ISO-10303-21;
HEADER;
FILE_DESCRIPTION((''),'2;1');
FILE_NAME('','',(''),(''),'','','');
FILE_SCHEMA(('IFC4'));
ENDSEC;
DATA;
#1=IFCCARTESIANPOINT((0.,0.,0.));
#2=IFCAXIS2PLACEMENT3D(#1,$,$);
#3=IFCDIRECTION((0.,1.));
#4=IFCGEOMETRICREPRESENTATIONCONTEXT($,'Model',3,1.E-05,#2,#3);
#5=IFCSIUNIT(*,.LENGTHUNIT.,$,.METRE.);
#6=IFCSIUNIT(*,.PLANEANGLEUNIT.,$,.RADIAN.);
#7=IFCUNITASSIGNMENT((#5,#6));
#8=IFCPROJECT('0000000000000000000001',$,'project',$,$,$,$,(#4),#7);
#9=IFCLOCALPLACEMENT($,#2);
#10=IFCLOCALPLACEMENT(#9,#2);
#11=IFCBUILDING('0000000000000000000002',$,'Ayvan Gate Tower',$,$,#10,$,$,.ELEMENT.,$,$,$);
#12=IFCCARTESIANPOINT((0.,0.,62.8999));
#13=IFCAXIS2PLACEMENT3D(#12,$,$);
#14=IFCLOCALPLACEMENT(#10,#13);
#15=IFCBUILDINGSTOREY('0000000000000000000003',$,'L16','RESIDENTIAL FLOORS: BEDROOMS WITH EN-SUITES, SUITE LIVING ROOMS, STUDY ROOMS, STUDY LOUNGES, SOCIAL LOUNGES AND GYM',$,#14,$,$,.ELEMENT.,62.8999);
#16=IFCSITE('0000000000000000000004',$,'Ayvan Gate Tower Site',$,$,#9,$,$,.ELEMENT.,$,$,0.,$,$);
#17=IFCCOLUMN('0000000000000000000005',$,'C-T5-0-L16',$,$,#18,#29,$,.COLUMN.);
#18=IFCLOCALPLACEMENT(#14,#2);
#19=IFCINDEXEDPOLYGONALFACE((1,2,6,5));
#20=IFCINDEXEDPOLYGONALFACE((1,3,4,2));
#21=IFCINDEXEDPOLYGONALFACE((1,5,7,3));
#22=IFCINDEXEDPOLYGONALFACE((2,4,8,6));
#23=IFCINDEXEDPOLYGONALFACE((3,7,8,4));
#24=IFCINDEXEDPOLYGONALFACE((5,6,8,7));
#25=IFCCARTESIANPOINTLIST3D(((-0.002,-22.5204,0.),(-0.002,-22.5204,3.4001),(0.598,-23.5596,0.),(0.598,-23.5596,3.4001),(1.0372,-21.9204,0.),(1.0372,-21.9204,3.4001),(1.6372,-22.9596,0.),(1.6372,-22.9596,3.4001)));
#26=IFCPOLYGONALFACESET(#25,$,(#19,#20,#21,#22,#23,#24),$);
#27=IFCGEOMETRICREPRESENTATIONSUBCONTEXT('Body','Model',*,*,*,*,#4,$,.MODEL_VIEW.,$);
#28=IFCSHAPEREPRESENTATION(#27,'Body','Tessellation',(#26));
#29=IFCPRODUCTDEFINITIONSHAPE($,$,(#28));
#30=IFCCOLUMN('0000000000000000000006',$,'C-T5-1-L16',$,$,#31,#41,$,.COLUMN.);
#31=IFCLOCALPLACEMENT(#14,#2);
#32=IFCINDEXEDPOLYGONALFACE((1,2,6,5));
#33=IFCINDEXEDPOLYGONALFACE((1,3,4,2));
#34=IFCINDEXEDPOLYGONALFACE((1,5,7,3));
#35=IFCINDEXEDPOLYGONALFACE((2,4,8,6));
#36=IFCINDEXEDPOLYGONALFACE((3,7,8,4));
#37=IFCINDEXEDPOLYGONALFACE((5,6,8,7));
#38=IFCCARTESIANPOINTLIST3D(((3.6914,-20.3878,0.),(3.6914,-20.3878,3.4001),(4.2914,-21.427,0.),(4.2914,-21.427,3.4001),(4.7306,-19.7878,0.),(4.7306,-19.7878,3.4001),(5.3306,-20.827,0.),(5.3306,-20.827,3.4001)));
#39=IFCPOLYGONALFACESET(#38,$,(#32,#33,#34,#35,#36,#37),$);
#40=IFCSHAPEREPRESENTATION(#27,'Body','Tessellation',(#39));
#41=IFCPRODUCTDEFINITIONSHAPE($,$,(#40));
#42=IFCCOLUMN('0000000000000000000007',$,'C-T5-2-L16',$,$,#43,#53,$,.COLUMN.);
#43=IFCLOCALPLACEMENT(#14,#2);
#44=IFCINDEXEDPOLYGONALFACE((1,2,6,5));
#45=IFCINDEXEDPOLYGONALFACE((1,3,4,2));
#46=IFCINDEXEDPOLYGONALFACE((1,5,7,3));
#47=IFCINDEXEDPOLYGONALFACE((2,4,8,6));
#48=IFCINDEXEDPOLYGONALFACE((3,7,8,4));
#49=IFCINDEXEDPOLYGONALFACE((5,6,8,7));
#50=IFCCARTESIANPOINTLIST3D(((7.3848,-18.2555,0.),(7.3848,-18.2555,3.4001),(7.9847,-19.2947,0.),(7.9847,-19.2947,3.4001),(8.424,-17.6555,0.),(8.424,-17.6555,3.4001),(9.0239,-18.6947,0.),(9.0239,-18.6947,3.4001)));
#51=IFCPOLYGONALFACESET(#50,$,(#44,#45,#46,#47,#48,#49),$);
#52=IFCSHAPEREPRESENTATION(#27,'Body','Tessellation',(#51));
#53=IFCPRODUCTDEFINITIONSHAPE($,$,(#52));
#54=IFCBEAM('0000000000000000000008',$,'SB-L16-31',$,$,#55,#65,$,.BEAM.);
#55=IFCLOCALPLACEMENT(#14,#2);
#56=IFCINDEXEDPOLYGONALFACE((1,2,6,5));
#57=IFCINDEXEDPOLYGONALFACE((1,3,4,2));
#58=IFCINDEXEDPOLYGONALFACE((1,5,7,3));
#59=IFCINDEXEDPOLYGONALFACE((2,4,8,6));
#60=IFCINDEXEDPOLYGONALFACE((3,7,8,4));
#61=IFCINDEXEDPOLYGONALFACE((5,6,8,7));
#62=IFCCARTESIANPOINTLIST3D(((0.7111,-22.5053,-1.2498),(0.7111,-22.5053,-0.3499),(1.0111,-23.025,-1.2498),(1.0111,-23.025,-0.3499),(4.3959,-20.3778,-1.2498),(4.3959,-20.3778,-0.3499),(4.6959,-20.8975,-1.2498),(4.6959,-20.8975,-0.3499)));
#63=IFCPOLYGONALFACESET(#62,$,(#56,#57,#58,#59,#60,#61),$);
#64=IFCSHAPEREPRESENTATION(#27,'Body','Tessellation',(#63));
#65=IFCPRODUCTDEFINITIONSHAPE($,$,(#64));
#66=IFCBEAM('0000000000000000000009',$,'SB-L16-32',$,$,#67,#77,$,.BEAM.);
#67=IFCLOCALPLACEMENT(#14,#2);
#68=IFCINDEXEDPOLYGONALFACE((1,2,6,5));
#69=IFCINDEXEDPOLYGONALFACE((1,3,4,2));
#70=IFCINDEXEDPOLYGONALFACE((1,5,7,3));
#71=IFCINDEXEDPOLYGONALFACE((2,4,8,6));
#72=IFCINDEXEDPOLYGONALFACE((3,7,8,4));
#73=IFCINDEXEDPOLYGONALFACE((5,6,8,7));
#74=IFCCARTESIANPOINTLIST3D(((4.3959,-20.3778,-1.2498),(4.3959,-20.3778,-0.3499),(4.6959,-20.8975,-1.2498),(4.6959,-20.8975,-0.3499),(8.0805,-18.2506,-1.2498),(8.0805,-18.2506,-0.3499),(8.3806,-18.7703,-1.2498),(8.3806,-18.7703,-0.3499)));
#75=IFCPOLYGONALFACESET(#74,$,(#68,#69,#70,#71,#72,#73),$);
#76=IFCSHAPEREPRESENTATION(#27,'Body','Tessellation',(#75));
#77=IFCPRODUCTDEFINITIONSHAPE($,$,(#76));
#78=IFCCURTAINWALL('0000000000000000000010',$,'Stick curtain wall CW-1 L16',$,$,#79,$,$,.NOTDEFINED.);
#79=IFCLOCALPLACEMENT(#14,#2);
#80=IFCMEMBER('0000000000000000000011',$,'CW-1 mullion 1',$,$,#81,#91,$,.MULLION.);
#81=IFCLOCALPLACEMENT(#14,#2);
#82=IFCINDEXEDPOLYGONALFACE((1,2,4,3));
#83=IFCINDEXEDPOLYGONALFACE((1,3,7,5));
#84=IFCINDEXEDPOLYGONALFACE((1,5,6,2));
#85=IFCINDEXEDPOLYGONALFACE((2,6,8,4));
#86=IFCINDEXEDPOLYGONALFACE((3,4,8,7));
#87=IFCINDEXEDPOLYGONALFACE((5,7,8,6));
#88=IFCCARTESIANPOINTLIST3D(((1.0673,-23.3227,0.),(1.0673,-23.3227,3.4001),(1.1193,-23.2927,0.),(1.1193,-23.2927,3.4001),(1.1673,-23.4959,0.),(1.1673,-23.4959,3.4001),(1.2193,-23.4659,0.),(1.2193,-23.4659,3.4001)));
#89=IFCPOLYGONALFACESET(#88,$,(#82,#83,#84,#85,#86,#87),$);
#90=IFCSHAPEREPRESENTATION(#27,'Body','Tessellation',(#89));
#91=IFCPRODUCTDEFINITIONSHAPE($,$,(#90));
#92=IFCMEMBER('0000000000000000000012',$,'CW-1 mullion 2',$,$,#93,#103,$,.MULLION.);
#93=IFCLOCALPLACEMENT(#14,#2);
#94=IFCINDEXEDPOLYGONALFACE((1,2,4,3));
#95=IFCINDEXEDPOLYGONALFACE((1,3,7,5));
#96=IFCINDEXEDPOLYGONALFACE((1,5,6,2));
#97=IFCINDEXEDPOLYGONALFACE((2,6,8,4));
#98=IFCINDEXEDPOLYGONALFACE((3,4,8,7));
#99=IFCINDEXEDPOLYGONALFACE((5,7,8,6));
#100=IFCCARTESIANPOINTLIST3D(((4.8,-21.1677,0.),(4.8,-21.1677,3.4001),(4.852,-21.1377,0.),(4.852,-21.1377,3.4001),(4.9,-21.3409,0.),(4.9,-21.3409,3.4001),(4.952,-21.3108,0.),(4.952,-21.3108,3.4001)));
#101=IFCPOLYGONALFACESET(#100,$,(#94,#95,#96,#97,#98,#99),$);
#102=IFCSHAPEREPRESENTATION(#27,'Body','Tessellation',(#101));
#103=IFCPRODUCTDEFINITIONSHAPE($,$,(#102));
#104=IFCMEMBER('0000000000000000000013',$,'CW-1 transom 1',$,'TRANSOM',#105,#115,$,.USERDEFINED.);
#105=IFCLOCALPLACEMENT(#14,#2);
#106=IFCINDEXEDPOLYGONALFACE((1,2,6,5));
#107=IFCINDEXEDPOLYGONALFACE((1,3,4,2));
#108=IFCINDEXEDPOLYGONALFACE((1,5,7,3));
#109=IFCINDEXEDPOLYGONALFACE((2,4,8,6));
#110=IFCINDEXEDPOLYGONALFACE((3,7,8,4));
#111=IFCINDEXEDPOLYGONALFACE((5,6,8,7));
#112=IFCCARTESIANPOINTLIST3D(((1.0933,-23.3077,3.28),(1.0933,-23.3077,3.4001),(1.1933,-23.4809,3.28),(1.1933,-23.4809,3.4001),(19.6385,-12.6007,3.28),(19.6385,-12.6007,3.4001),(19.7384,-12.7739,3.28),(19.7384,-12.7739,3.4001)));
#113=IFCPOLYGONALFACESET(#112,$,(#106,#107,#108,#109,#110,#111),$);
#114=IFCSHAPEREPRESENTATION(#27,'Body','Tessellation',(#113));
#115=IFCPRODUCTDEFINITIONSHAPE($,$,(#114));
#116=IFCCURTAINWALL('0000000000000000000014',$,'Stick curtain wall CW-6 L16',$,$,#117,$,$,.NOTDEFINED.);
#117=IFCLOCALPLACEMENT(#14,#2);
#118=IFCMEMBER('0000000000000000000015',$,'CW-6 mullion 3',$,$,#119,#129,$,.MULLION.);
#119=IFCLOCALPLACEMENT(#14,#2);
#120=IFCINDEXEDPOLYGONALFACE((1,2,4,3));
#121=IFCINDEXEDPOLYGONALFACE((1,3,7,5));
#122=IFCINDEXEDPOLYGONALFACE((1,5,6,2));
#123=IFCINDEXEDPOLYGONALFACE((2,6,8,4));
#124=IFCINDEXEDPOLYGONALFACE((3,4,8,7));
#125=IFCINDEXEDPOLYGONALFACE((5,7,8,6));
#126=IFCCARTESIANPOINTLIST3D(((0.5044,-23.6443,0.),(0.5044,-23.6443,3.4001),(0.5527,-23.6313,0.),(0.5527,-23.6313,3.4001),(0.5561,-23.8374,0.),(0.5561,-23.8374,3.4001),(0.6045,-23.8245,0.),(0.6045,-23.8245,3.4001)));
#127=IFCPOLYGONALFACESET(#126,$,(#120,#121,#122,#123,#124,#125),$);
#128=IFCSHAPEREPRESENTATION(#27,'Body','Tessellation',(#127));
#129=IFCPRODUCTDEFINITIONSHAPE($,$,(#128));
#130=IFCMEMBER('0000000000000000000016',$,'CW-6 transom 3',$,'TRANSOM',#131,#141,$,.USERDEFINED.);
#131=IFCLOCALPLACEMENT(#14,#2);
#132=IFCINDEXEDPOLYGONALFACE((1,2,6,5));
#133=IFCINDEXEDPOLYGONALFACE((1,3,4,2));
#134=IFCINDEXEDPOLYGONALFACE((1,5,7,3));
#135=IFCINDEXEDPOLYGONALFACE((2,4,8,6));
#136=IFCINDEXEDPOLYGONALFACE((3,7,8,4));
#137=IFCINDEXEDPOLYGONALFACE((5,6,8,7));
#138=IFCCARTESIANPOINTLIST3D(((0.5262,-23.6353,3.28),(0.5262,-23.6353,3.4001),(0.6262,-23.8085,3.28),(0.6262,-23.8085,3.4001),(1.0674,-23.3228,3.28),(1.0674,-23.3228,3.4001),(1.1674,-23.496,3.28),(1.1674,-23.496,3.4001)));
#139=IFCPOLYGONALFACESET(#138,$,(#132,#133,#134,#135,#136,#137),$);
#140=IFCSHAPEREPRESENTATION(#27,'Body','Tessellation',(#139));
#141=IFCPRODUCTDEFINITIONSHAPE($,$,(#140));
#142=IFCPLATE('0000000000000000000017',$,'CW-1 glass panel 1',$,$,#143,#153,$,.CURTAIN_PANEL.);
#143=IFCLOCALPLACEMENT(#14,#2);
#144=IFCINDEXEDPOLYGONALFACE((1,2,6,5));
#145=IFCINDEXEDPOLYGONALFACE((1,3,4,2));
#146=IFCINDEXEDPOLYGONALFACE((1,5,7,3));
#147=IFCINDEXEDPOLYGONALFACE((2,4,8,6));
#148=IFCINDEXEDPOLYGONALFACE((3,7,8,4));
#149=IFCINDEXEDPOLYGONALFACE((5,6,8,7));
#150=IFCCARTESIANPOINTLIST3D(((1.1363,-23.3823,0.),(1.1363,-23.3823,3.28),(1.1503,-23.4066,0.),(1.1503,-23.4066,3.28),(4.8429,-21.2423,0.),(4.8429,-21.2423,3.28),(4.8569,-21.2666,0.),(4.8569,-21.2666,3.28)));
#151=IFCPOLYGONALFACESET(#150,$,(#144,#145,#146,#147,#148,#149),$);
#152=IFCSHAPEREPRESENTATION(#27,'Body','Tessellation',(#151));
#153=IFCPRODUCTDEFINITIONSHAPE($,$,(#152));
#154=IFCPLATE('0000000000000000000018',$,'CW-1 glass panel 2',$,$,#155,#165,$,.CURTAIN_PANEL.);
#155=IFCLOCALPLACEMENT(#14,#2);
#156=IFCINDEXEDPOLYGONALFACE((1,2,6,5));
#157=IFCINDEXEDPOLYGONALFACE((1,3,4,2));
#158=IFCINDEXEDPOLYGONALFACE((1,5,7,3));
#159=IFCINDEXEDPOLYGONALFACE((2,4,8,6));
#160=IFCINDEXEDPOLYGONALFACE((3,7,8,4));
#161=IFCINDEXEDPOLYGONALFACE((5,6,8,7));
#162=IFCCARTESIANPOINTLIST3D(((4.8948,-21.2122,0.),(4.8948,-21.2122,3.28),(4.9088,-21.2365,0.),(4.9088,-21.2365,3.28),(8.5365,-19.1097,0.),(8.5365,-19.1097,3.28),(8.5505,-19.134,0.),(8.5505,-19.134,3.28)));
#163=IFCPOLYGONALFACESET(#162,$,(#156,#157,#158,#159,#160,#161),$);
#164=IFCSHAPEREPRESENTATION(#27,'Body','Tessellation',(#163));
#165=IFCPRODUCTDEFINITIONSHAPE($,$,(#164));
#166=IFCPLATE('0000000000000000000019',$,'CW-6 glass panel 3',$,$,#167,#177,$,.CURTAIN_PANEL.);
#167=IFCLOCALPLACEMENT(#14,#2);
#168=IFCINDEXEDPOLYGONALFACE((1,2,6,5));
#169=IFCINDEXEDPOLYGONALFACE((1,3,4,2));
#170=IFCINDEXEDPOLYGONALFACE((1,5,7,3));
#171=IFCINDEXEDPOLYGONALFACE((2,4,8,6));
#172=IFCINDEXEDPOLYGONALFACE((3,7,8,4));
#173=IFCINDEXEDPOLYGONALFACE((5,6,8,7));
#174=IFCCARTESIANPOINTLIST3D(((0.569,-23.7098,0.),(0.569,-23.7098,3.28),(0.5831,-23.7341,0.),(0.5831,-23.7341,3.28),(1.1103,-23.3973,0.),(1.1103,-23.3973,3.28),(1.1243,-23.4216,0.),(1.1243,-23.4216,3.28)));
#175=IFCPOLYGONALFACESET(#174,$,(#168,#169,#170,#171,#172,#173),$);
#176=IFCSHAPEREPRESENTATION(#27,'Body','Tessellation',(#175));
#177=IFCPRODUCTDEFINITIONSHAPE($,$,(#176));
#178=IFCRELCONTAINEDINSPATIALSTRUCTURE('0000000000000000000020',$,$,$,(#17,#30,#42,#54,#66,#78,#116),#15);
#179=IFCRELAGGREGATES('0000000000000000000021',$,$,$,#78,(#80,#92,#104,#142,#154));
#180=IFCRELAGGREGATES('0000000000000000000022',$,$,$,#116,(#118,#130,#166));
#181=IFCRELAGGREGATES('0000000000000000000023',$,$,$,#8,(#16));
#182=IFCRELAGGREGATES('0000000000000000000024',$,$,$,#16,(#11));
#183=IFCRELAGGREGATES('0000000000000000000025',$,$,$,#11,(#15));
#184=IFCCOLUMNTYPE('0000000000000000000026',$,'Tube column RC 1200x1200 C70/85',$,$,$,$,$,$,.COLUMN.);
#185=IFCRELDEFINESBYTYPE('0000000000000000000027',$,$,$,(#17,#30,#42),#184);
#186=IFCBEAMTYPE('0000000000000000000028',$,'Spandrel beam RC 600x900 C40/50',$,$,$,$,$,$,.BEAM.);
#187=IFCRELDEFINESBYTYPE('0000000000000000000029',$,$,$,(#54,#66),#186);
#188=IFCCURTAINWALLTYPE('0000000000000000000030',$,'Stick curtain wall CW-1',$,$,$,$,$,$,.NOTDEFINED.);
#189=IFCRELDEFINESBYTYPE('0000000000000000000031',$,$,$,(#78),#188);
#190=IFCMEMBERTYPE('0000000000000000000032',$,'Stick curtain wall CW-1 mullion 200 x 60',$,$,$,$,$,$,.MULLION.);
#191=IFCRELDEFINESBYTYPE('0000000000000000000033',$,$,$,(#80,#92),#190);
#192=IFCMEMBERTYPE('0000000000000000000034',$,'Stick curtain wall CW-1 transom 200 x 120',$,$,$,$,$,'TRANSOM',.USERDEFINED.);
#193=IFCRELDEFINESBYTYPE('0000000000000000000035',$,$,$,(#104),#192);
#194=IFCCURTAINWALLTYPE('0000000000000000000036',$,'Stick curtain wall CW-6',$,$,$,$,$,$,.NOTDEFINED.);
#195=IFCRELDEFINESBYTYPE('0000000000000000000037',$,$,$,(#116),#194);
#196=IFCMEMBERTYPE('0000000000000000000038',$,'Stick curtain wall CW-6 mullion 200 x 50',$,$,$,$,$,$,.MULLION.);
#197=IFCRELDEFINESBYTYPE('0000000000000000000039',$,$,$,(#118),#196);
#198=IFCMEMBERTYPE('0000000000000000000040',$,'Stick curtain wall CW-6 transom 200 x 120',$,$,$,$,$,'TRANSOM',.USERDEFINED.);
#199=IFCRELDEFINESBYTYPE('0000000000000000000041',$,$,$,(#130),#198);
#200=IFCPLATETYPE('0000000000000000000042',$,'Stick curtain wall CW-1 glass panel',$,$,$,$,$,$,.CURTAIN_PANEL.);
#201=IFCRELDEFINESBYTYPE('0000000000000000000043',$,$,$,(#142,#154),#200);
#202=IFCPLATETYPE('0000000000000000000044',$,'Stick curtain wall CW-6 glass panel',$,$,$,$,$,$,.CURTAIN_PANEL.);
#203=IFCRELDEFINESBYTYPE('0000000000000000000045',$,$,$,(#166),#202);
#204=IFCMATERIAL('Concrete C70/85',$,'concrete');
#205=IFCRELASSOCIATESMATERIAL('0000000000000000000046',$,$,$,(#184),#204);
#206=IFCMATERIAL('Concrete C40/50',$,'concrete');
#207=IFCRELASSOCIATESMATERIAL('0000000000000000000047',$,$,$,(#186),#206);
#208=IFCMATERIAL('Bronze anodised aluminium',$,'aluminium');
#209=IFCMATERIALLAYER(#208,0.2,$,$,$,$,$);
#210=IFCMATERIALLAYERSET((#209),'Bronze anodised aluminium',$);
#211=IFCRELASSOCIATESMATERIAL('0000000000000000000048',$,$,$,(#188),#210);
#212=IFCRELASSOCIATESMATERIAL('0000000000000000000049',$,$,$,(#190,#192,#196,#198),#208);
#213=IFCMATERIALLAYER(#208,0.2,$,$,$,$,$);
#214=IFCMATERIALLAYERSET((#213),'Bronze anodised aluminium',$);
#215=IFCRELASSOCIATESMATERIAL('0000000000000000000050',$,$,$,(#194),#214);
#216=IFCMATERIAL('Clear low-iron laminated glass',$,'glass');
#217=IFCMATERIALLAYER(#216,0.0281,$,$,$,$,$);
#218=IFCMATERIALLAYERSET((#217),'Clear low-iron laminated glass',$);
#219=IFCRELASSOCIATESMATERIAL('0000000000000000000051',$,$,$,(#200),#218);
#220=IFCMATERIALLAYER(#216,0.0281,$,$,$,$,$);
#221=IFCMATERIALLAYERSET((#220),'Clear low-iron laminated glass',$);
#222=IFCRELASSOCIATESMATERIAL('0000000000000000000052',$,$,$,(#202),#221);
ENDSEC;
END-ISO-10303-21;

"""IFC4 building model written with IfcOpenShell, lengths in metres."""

from ifc_helpers import new_model, si_unit, direction, frame, origin, origin_2d, place, context, subcontext, project, spatial, rectangle, extrude, material, layer, layer_set, material_profile, profile_set, type_object, element, aggregate, save


model = new_model("IFC4")

# Units and contexts
model_context = context("Model", 3, precision=1e-05, world=origin(), true_north=direction((0.0, 1.0)))
body_context = subcontext(model_context, "Body", "Model", "MODEL_VIEW")
ifc_project = project(units=[si_unit("LENGTHUNIT", "METRE"), si_unit("PLANEANGLEUNIT", "RADIAN")], contexts=[model_context])

# Site, building, storey
site_placement = place(None, origin())
site = spatial("IfcSite", under=ifc_project, at=site_placement, Name="Ayvan Gate Tower Site", CompositionType="ELEMENT", RefElevation=0.0)
building_placement = place(site_placement, origin())
building = spatial("IfcBuilding", under=site, at=building_placement, Name="Ayvan Gate Tower", CompositionType="ELEMENT")
storey_placement = place(building_placement, frame((0.0, 0.0, 62.8999)))
storey = spatial("IfcBuildingStorey", under=building, at=storey_placement, Name="L16", Description="RESIDENTIAL FLOORS: BEDROOMS WITH EN-SUITES, SUITE LIVING ROOMS, STUDY ROOMS, STUDY LOUNGES, SOCIAL LOUNGES AND GYM", CompositionType="ELEMENT", Elevation=62.8999)

# Columns
ifc_material_1 = material(Name="Concrete C70/85", Category="concrete")
ifc_material_profile_1 = material_profile(ifc_material_1, rectangle(XDim=1.2, YDim=1.2, at=origin_2d()), Name="RC 1200x1200")
ifc_profile_set_1 = profile_set([ifc_material_profile_1], Name="Concrete C70/85")
column_type = type_object("IfcColumnType", Name="Tube column RC 1200x1200 C70/85", PredefinedType="COLUMN", material=ifc_profile_set_1)
for number, where, z_axis, x_axis, name in (
    (1, (0.8176, -22.74, 0.0), (0.0, 0.0, 1.0), (0.5, -0.866025, 0.0), "C-T5-0-L16"),
    (2, (4.511, -20.6074, 0.0), (0.0, 0.0, 1.0), (0.5, -0.866025, 0.0), "C-T5-1-L16"),
    (3, (8.2043, -18.4751, 0.0), (0.0, 0.0, 1.0), (0.5, -0.866025, 0.0), "C-T5-2-L16"),
):
    element("IfcColumn", number, at=place(storey_placement, frame(where, z_axis=z_axis, x_axis=x_axis)), inside=storey, type_object=column_type, Name=name, PredefinedType="COLUMN", context=body_context, shape_type="SweptSolid", body=[
        extrude(rectangle(XDim=1.2, YDim=1.2, at=origin_2d()), origin(), (0.0, 0.0, 1.0), 3.4001),
    ])

# Beams
ifc_material_2 = material(Name="Concrete C40/50", Category="concrete")
ifc_material_profile_2 = material_profile(ifc_material_2, rectangle(XDim=0.6001, YDim=0.8999, at=origin_2d()), Name="RC 600x900")
ifc_profile_set_2 = profile_set([ifc_material_profile_2], Name="Concrete C40/50")
beam_type = type_object("IfcBeamType", Name="Spandrel beam RC 600x900 C40/50", PredefinedType="BEAM", material=ifc_profile_set_2)
beam_1_placement = place(storey_placement, frame((0.8611, -22.7651, -0.7998), z_axis=(0.866024, 0.500002, 0.0), x_axis=(-0.500002, 0.866024, 0.0)))
element("IfcBeam", 4, at=beam_1_placement, inside=storey, type_object=beam_type, Name="SB-L16-31", PredefinedType="BEAM", context=body_context, shape_type="SweptSolid", body=[
    extrude(rectangle(XDim=0.6001, YDim=0.8999, at=origin_2d()), origin(), (0.0, 0.0, 1.0), 4.2549),
])
beam_2_placement = place(storey_placement, frame((4.5459, -20.6377, -0.7998), z_axis=(0.866035, 0.499984, 0.0), x_axis=(-0.499984, 0.866035, 0.0)))
element("IfcBeam", 5, at=beam_2_placement, inside=storey, type_object=beam_type, Name="SB-L16-32", PredefinedType="BEAM", context=body_context, shape_type="SweptSolid", body=[
    extrude(rectangle(XDim=0.6001, YDim=0.8999, at=origin_2d()), origin(), (0.0, 0.0, 1.0), 4.2546),
])

# Curtain walls, members
ifc_material_3 = material(Name="Bronze anodised aluminium", Category="aluminium")
ifc_layer_1 = layer(ifc_material_3, 0.2)
ifc_layer_set_1 = layer_set([ifc_layer_1], Name="Bronze anodised aluminium")
curtain_wall_type_1 = type_object("IfcCurtainWallType", Name="Stick curtain wall CW-1", PredefinedType="NOTDEFINED", material=ifc_layer_set_1)
curtain_wall_1_placement = place(storey_placement, origin())
curtain_wall_1 = element("IfcCurtainWall", 6, at=curtain_wall_1_placement, inside=storey, type_object=curtain_wall_type_1, Name="Stick curtain wall CW-1 L16", PredefinedType="NOTDEFINED")
ifc_material_profile_3 = material_profile(ifc_material_3, rectangle(XDim=0.2, YDim=0.0601, at=origin_2d()), Name="Stick curtain wall CW-1 mullion 200 x 60")
ifc_profile_set_3 = profile_set([ifc_material_profile_3], Name="Bronze anodised aluminium")
member_type_1 = type_object("IfcMemberType", Name="Stick curtain wall CW-1 mullion 200 x 60", PredefinedType="MULLION", material=ifc_profile_set_3)
member_1_placement = place(storey_placement, frame((1.1433, -23.3943, 0.0), z_axis=(0.0, 0.0, 1.0), x_axis=(0.5, -0.866025, 0.0)))
member_1 = element("IfcMember", 7, at=member_1_placement, type_object=member_type_1, Name="CW-1 mullion 1", PredefinedType="MULLION", context=body_context, shape_type="SweptSolid", body=[
    extrude(rectangle(XDim=0.2, YDim=0.0601, at=origin_2d()), origin(), (0.0, 0.0, 1.0), 3.4001),
])
member_2_placement = place(storey_placement, frame((4.876, -21.2393, 0.0), z_axis=(0.0, 0.0, 1.0), x_axis=(0.5, -0.866025, 0.0)))
member_2 = element("IfcMember", 8, at=member_2_placement, type_object=member_type_1, Name="CW-1 mullion 2", PredefinedType="MULLION", context=body_context, shape_type="SweptSolid", body=[
    extrude(rectangle(XDim=0.2, YDim=0.0601, at=origin_2d()), origin(), (0.0, 0.0, 1.0), 3.4001),
])
ifc_material_profile_4 = material_profile(ifc_material_3, rectangle(XDim=0.2, YDim=0.1201, at=origin_2d()), Name="Stick curtain wall CW-1 transom 200 x 120")
ifc_profile_set_4 = profile_set([ifc_material_profile_4], Name="Bronze anodised aluminium")
member_type_2 = type_object("IfcMemberType", Name="Stick curtain wall CW-1 transom 200 x 120", ElementType="TRANSOM", PredefinedType="USERDEFINED", material=ifc_profile_set_4)
member_3_placement = place(storey_placement, frame((1.1433, -23.3943, 3.3401), z_axis=(0.866026, 0.499999, 0.0), x_axis=(-0.499999, 0.866026, 0.0)))
member_3 = element("IfcMember", 9, at=member_3_placement, type_object=member_type_2, Name="CW-1 transom 1", ObjectType="TRANSOM", PredefinedType="USERDEFINED", context=body_context, shape_type="SweptSolid", body=[
    extrude(rectangle(XDim=0.2, YDim=0.1201, at=origin_2d()), origin(), (0.0, 0.0, 1.0), 21.4141),
])
ifc_layer_2 = layer(ifc_material_3, 0.2)
ifc_layer_set_2 = layer_set([ifc_layer_2], Name="Bronze anodised aluminium")
curtain_wall_type_2 = type_object("IfcCurtainWallType", Name="Stick curtain wall CW-6", PredefinedType="NOTDEFINED", material=ifc_layer_set_2)
curtain_wall_2_placement = place(storey_placement, origin())
curtain_wall_2 = element("IfcCurtainWall", 10, at=curtain_wall_2_placement, inside=storey, type_object=curtain_wall_type_2, Name="Stick curtain wall CW-6 L16", PredefinedType="NOTDEFINED")
ifc_material_profile_5 = material_profile(ifc_material_3, rectangle(XDim=0.2, YDim=0.05, at=origin_2d()), Name="Stick curtain wall CW-6 mullion 200 x 50")
ifc_profile_set_5 = profile_set([ifc_material_profile_5], Name="Bronze anodised aluminium")
member_type_3 = type_object("IfcMemberType", Name="Stick curtain wall CW-6 mullion 200 x 50", PredefinedType="MULLION", material=ifc_profile_set_5)
member_4_placement = place(storey_placement, frame((0.5544, -23.7344, 0.0), z_axis=(0.0, 0.0, 1.0), x_axis=(0.258819, -0.965926, 0.0)))
member_4 = element("IfcMember", 11, at=member_4_placement, type_object=member_type_3, Name="CW-6 mullion 3", PredefinedType="MULLION", context=body_context, shape_type="SweptSolid", body=[
    extrude(rectangle(XDim=0.2, YDim=0.05, at=origin_2d()), origin(), (0.0, 0.0, 1.0), 3.4001),
])
ifc_material_profile_6 = material_profile(ifc_material_3, rectangle(XDim=0.2, YDim=0.1201, at=origin_2d()), Name="Stick curtain wall CW-6 transom 200 x 120")
ifc_profile_set_6 = profile_set([ifc_material_profile_6], Name="Bronze anodised aluminium")
member_type_4 = type_object("IfcMemberType", Name="Stick curtain wall CW-6 transom 200 x 120", ElementType="TRANSOM", PredefinedType="USERDEFINED", material=ifc_profile_set_6)
member_5_placement = place(storey_placement, frame((0.5762, -23.7219, 3.3401), z_axis=(0.866023, 0.500004, 0.0), x_axis=(-0.500004, 0.866023, 0.0)))
member_5 = element("IfcMember", 12, at=member_5_placement, type_object=member_type_4, Name="CW-6 transom 3", ObjectType="TRANSOM", PredefinedType="USERDEFINED", context=body_context, shape_type="SweptSolid", body=[
    extrude(rectangle(XDim=0.2, YDim=0.1201, at=origin_2d()), origin(), (0.0, 0.0, 1.0), 0.625),
])

# Plates
ifc_material_4 = material(Name="Clear low-iron laminated glass", Category="glass")
ifc_layer_3 = layer(ifc_material_4, 0.0281)
ifc_layer_set_3 = layer_set([ifc_layer_3], Name="Clear low-iron laminated glass")
plate_type_1 = type_object("IfcPlateType", Name="Stick curtain wall CW-1 glass panel", PredefinedType="CURTAIN_PANEL", material=ifc_layer_set_3)
plate_1_placement = place(storey_placement, frame((2.9966, -22.3245, 0.0), z_axis=(0.0, 0.0, 1.0), x_axis=(0.866025, 0.5, 0.0)))
plate_1 = element("IfcPlate", 13, at=plate_1_placement, type_object=plate_type_1, Name="CW-1 glass panel 1", PredefinedType="CURTAIN_PANEL", context=body_context, shape_type="SweptSolid", body=[
    extrude(rectangle(XDim=4.28, YDim=0.0281, at=origin_2d()), origin(), (0.0, 0.0, 1.0), 3.28),
])
plate_2_placement = place(storey_placement, frame((6.7227, -20.1731, 0.0), z_axis=(0.0, 0.0, 1.0), x_axis=(0.866025, 0.5, 0.0)))
plate_2 = element("IfcPlate", 14, at=plate_2_placement, type_object=plate_type_1, Name="CW-1 glass panel 2", PredefinedType="CURTAIN_PANEL", context=body_context, shape_type="SweptSolid", body=[
    extrude(rectangle(XDim=4.2051, YDim=0.0281, at=origin_2d()), origin(), (0.0, 0.0, 1.0), 3.28),
])
aggregate(curtain_wall_1, [member_1, member_2, member_3, plate_1, plate_2])
ifc_layer_4 = layer(ifc_material_4, 0.0281)
ifc_layer_set_4 = layer_set([ifc_layer_4], Name="Clear low-iron laminated glass")
plate_type_2 = type_object("IfcPlateType", Name="Stick curtain wall CW-6 glass panel", PredefinedType="CURTAIN_PANEL", material=ifc_layer_set_4)
plate_3_placement = place(storey_placement, frame((0.8467, -23.5657, 0.0), z_axis=(0.0, 0.0, 1.0), x_axis=(0.866025, 0.5, 0.0)))
plate_3 = element("IfcPlate", 15, at=plate_3_placement, type_object=plate_type_2, Name="CW-6 glass panel 3", PredefinedType="CURTAIN_PANEL", context=body_context, shape_type="SweptSolid", body=[
    extrude(rectangle(XDim=0.625, YDim=0.0281, at=origin_2d()), origin(), (0.0, 0.0, 1.0), 3.28),
])
aggregate(curtain_wall_2, [member_4, member_5, plate_3])

save(model, "model.ifc")
